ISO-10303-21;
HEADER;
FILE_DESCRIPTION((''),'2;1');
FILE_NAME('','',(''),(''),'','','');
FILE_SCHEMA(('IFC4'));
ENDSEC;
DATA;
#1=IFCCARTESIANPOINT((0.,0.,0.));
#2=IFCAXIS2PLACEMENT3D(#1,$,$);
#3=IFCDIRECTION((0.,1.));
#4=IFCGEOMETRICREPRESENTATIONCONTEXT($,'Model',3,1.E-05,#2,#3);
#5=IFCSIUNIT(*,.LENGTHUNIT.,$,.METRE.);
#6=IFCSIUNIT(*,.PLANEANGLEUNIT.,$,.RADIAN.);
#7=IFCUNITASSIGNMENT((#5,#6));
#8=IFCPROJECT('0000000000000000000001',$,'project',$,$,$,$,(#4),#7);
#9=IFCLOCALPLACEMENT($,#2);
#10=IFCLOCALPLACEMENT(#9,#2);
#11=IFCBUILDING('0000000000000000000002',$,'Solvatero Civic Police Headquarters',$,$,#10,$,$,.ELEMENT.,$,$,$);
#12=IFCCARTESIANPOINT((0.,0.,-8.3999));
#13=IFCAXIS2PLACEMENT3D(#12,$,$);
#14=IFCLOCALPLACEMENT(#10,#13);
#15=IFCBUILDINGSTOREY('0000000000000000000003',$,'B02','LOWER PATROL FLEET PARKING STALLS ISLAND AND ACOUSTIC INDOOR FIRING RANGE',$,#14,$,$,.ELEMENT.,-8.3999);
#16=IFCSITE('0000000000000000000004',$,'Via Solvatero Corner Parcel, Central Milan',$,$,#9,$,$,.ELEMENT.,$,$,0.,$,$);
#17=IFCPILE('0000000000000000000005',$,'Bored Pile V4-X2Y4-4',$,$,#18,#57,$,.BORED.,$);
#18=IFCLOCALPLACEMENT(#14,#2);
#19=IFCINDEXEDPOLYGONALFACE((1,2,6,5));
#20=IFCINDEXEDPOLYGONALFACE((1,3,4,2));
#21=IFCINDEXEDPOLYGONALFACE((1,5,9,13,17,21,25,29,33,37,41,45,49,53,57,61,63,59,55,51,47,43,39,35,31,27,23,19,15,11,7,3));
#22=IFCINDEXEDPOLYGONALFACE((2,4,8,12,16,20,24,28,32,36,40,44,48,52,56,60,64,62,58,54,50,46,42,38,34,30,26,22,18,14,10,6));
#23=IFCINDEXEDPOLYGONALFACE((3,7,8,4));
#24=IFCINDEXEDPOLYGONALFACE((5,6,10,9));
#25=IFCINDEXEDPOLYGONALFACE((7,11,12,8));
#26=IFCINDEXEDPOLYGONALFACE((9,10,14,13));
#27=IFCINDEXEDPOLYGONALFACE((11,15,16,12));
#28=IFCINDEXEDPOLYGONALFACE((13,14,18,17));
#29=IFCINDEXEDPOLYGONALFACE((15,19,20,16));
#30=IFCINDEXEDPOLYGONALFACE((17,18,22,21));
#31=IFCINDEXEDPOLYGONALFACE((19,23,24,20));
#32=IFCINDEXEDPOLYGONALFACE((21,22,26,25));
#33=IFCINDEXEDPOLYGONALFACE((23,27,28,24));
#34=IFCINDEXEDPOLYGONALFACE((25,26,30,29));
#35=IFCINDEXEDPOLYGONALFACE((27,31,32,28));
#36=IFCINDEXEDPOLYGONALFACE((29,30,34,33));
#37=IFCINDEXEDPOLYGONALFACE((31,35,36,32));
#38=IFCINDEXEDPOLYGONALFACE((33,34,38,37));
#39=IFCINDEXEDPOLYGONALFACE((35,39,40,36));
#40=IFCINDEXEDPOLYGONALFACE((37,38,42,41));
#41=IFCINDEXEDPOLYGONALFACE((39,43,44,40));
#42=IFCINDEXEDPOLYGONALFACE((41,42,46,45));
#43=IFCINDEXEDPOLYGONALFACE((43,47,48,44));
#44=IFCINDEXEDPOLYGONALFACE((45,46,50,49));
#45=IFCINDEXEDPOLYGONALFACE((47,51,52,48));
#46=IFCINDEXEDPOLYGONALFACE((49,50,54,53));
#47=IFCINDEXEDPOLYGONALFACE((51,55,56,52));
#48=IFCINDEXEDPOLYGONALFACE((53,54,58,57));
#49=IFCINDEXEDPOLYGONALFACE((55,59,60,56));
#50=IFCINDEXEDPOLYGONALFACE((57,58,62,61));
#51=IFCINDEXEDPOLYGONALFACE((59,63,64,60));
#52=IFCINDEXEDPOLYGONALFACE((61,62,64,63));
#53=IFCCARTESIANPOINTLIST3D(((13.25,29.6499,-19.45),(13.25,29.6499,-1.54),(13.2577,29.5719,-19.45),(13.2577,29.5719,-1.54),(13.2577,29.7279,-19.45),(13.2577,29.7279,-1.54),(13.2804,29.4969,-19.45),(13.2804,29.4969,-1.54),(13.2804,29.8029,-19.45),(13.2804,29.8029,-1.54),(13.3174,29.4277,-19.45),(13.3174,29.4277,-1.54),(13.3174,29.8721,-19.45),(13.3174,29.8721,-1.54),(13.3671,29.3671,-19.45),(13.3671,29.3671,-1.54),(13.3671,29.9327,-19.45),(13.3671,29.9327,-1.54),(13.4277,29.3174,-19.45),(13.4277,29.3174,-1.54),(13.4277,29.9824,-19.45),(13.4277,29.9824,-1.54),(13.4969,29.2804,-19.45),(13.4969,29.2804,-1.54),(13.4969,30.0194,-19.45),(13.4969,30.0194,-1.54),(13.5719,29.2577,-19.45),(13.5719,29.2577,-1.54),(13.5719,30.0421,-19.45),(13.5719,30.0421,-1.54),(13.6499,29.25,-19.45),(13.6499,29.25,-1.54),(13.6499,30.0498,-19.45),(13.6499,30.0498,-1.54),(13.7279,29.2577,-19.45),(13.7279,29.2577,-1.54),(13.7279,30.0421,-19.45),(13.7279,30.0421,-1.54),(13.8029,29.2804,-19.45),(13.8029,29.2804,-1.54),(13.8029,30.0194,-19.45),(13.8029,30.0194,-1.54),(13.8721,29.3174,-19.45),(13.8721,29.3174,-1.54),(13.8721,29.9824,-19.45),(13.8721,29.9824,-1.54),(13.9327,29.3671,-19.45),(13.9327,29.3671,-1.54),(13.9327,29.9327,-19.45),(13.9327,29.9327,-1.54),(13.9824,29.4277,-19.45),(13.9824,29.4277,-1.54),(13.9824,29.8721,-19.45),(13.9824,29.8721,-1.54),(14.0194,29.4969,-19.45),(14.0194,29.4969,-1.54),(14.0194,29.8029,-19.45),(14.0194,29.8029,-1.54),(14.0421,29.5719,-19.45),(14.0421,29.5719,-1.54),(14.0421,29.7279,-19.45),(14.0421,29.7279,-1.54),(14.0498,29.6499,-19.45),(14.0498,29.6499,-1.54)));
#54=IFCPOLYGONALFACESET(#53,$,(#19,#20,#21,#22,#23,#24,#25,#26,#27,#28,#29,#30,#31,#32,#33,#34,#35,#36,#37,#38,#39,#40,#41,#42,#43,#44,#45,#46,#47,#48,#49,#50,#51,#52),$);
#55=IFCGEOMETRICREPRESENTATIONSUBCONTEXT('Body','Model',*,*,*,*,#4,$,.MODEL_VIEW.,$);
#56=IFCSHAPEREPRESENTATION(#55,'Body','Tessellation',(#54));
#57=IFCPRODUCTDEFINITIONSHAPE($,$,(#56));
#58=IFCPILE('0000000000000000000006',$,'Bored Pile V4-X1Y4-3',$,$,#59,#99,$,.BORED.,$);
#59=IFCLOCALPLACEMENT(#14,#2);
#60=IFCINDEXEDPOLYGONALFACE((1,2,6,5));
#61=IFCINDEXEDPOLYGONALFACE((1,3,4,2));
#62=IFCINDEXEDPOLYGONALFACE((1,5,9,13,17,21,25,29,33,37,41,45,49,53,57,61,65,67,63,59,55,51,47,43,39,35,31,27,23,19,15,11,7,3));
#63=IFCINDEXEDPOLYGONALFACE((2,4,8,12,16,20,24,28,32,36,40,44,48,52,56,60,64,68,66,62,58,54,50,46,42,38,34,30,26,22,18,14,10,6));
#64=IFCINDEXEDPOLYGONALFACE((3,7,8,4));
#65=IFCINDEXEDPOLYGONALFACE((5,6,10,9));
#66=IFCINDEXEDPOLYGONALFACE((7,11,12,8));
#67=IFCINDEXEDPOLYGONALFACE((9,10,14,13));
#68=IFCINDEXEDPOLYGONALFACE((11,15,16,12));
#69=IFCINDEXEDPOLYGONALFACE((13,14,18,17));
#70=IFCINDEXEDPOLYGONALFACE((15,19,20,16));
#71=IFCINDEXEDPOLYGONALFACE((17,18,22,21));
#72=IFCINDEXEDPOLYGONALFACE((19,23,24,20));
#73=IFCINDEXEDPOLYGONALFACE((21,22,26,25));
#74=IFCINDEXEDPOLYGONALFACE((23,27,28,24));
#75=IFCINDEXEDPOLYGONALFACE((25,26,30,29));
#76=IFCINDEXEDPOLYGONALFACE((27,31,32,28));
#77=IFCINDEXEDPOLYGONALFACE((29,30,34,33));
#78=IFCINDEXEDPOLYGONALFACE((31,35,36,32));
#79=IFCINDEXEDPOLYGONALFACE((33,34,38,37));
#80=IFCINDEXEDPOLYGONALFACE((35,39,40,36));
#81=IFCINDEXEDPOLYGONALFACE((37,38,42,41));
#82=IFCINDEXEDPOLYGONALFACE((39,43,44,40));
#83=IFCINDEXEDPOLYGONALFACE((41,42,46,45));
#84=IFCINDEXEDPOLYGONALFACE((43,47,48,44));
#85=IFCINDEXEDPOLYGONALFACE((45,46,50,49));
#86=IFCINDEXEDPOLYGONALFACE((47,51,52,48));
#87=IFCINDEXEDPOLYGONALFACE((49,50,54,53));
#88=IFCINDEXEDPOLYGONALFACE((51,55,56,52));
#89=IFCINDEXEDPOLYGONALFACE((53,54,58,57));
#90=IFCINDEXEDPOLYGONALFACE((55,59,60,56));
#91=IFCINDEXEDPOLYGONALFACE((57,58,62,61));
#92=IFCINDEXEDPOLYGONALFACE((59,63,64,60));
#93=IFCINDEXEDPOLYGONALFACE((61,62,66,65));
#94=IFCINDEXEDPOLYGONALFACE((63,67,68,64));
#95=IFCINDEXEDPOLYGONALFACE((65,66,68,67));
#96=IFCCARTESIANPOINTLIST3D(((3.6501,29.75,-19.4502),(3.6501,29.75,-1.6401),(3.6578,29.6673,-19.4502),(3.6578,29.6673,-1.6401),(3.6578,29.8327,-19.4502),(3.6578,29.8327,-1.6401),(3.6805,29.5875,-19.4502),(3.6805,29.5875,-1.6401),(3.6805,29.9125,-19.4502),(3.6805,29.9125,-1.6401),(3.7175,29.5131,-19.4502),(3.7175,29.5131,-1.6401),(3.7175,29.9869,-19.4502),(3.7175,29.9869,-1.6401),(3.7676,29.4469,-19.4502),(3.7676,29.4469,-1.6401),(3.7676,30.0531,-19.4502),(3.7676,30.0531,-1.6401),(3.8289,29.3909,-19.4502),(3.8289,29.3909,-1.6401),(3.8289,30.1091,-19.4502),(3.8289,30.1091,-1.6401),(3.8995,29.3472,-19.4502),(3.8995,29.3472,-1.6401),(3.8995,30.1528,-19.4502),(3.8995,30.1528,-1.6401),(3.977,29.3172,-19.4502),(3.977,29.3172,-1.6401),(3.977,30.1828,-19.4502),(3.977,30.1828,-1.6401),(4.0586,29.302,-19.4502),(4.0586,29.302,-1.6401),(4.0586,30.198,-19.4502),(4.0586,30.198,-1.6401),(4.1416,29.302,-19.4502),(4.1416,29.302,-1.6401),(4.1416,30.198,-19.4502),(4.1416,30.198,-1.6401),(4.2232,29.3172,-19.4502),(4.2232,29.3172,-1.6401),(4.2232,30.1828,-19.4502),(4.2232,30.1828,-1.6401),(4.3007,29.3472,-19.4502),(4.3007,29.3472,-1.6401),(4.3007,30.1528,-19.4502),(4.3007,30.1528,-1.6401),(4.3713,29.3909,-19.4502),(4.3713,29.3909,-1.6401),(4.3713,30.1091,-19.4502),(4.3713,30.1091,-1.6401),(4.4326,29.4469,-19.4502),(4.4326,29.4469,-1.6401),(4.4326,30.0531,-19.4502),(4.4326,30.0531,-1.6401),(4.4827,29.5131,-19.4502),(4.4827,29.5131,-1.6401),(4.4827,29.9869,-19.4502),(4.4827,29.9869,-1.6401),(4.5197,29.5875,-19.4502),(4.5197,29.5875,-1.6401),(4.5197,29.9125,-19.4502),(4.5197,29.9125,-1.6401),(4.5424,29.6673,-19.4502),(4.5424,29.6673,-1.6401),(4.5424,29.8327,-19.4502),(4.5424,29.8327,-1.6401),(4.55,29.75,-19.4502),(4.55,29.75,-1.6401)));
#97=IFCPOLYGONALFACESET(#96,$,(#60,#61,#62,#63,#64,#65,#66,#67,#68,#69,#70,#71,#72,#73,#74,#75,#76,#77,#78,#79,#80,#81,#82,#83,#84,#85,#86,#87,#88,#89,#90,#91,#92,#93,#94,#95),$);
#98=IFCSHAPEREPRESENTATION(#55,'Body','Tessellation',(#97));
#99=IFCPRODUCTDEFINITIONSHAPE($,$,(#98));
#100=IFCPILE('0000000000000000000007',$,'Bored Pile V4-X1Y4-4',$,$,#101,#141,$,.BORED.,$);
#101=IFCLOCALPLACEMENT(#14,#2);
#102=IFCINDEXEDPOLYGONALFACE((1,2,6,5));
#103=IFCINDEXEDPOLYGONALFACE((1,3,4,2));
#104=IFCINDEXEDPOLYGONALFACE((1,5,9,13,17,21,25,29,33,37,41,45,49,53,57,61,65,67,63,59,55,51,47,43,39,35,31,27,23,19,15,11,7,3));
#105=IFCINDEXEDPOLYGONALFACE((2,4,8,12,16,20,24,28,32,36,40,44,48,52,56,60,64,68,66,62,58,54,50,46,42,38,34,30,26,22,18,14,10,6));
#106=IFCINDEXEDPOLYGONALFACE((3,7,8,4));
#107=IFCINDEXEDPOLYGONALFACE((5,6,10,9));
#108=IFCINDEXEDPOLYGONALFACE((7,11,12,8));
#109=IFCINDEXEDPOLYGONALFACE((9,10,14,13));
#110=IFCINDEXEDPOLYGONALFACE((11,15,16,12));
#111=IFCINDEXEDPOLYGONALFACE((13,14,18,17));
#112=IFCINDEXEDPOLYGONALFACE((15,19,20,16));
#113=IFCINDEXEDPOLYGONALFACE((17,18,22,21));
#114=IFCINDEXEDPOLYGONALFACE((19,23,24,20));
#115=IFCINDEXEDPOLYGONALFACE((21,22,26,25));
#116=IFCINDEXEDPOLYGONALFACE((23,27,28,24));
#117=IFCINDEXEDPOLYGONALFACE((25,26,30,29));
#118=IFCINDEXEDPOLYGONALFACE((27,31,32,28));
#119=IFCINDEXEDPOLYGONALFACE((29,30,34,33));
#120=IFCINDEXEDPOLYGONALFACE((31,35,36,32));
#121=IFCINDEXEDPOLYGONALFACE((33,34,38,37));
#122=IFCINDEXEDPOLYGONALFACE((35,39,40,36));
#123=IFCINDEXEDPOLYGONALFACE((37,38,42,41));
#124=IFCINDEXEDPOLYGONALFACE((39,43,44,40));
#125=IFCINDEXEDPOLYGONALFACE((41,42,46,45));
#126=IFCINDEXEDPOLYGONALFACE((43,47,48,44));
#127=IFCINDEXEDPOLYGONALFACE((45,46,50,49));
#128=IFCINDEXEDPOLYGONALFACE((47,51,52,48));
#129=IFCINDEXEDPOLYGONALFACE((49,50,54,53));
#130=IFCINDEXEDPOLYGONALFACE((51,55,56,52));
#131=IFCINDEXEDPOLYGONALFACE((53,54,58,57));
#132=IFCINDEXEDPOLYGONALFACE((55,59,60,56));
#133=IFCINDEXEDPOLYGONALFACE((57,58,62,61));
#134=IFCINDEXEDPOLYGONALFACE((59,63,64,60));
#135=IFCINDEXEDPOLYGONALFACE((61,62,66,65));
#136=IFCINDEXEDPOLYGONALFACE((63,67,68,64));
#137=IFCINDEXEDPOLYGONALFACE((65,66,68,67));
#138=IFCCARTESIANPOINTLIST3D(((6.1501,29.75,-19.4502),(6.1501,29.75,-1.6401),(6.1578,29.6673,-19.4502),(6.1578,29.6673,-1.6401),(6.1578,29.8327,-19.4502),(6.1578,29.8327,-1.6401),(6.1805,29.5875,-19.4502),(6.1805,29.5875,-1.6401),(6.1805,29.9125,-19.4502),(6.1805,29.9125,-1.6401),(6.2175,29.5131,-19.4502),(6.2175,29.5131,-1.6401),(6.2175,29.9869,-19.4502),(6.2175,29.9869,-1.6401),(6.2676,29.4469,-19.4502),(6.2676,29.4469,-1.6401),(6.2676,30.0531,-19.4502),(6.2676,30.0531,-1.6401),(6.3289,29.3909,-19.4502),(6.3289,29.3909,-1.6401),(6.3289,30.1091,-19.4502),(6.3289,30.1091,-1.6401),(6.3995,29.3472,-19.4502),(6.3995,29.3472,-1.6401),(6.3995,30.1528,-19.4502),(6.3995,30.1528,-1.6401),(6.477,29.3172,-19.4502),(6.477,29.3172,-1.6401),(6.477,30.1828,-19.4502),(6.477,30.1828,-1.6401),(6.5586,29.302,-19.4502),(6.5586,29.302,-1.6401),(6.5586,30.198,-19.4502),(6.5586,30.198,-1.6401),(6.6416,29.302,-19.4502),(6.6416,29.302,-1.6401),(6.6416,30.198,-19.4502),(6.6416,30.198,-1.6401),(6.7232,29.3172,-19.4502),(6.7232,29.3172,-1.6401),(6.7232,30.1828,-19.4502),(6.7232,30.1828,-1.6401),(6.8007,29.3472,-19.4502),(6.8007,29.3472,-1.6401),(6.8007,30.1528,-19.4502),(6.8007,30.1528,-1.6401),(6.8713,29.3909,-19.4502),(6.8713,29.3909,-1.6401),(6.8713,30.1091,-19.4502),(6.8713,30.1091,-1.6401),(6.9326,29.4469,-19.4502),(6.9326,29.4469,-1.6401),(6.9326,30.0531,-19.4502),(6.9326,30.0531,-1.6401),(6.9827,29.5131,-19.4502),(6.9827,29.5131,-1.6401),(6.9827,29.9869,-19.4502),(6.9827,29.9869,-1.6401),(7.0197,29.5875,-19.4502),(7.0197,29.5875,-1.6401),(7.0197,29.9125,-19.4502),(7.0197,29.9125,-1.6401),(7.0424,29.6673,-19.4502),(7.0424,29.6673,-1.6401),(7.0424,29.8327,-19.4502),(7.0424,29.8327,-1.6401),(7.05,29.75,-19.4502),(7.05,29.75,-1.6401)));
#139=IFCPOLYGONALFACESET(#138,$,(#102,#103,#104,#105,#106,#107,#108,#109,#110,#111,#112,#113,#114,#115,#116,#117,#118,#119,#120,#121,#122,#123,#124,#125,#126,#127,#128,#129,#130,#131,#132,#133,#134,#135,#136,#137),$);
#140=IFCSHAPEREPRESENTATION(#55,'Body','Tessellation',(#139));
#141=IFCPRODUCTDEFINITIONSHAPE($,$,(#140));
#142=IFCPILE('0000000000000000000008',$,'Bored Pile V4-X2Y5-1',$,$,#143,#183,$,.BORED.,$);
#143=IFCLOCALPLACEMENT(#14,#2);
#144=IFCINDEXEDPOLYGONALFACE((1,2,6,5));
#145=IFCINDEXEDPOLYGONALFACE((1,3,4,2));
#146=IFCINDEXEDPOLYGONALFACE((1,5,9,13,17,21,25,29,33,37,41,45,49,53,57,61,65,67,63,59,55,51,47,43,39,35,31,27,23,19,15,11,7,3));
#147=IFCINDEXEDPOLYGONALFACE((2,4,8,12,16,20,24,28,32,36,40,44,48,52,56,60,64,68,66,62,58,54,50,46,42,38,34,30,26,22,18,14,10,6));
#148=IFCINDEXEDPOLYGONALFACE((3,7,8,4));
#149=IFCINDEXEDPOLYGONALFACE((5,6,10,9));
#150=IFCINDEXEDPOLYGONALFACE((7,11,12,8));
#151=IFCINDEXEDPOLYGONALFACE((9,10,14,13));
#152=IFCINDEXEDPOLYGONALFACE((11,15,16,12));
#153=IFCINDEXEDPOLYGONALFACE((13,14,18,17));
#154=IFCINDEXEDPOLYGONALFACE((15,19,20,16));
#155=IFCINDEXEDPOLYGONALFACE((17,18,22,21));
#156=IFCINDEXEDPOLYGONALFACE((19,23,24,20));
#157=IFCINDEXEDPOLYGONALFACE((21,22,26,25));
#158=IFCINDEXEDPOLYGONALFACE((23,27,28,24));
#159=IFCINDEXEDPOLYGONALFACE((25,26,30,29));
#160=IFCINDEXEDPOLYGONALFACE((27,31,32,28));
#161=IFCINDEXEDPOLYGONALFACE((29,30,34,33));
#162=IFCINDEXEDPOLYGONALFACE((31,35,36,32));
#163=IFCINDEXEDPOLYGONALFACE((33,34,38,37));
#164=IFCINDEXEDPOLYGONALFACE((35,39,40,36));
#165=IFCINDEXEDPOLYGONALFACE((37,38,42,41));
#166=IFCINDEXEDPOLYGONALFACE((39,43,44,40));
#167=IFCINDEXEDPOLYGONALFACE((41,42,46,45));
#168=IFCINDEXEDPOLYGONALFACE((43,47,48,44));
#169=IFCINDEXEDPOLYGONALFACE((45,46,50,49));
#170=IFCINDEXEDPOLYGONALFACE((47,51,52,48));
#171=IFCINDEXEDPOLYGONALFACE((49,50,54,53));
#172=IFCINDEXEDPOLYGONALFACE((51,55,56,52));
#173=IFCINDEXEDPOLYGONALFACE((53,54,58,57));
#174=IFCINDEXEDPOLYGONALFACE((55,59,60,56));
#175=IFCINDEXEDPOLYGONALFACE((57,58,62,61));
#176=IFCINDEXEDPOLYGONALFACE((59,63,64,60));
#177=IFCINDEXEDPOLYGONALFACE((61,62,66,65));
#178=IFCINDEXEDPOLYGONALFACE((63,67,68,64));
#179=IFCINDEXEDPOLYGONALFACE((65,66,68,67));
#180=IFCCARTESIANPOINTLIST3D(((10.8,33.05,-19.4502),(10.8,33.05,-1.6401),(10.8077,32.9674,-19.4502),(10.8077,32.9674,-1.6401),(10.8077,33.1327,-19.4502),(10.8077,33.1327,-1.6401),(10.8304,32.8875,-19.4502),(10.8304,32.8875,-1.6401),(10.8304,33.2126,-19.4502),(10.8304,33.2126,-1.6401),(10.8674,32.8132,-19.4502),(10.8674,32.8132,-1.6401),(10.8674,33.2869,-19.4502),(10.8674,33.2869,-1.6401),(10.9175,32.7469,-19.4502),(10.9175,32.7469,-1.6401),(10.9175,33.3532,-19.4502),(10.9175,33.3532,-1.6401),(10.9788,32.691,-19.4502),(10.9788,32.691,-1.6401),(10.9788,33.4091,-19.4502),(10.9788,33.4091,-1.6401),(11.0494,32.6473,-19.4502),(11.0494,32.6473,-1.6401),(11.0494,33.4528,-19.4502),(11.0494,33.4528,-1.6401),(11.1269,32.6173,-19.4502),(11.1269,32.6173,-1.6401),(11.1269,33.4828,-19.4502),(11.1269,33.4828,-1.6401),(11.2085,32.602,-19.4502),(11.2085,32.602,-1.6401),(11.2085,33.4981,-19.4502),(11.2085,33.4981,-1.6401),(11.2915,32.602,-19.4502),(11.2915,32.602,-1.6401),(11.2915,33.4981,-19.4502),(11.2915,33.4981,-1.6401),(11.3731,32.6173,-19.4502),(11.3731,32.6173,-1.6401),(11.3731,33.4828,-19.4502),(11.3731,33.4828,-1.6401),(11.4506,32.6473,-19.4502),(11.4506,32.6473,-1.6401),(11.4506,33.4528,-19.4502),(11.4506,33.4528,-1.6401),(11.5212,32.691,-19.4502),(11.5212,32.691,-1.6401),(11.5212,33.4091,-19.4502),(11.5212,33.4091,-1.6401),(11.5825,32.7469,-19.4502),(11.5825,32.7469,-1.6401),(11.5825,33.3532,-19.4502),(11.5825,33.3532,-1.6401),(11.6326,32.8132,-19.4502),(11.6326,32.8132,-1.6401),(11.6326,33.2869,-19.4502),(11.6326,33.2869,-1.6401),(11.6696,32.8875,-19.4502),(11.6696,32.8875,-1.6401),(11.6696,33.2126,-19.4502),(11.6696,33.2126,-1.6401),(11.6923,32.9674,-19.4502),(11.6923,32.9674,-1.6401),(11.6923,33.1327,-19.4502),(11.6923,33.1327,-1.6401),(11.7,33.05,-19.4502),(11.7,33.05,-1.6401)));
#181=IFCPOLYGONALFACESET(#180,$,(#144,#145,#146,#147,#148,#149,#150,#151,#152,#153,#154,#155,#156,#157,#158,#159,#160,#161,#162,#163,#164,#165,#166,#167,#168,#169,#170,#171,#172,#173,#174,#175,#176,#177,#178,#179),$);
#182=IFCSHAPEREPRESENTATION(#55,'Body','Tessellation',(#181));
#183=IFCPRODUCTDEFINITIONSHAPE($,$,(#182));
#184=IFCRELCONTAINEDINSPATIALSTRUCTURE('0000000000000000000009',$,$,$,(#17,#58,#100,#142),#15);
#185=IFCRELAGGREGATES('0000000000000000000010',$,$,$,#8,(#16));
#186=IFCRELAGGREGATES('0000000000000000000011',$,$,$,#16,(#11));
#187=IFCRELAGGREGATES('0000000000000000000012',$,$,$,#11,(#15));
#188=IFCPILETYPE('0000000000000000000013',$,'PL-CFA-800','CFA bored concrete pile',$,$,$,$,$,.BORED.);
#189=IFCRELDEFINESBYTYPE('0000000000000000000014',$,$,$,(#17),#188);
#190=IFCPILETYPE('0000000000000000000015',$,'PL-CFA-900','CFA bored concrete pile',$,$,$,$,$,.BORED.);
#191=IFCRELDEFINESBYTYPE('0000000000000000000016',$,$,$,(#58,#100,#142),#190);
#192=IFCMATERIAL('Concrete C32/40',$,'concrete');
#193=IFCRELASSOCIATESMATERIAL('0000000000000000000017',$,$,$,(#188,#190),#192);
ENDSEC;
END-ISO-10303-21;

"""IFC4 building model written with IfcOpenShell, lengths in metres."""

from ifc_helpers import new_model, si_unit, direction, frame, origin, origin_2d, place, context, subcontext, project, spatial, circle, extrude, material, material_profile, profile_set, type_object, element, save


model = new_model("IFC4")

# Units and contexts
model_context = context("Model", 3, precision=1e-05, world=origin(), true_north=direction((0.0, 1.0)))
body_context = subcontext(model_context, "Body", "Model", "MODEL_VIEW")
ifc_project = project(units=[si_unit("LENGTHUNIT", "METRE"), si_unit("PLANEANGLEUNIT", "RADIAN")], contexts=[model_context])

# Site, building, storey
site_placement = place(None, origin())
site = spatial("IfcSite", under=ifc_project, at=site_placement, Name="Via Solvatero Corner Parcel, Central Milan", CompositionType="ELEMENT", RefElevation=0.0)
building_placement = place(site_placement, origin())
building = spatial("IfcBuilding", under=site, at=building_placement, Name="Solvatero Civic Police Headquarters", CompositionType="ELEMENT")
storey_placement = place(building_placement, frame((0.0, 0.0, -8.3999)))
storey = spatial("IfcBuildingStorey", under=building, at=storey_placement, Name="B02", Description="LOWER PATROL FLEET PARKING STALLS ISLAND AND ACOUSTIC INDOOR FIRING RANGE", CompositionType="ELEMENT", Elevation=-8.3999)

# Piles
ifc_material_1 = material(Name="Concrete C32/40", Category="concrete")
ifc_material_profile_1 = material_profile(ifc_material_1, circle(Radius=0.3999, at=origin_2d()), Name="CFA PILE D800")
ifc_profile_set_1 = profile_set([ifc_material_profile_1], Name="Concrete C32/40")
pile_type_1 = type_object("IfcPileType", Name="PL-CFA-800", Description="CFA bored concrete pile", PredefinedType="BORED", material=ifc_profile_set_1)
for number, where, z_axis, x_axis, name in (
    (1, (13.6499, 29.6499, -1.54), (0.0, 0.0, -1.0), (1.0, 0.0, 0.0), "Bored Pile V4-X2Y4-4"),
):
    element("IfcPile", number, at=place(storey_placement, frame(where, z_axis=z_axis, x_axis=x_axis)), inside=storey, type_object=pile_type_1, Name=name, PredefinedType="BORED", context=body_context, shape_type="SweptSolid", body=[
        extrude(circle(Radius=0.3999, at=origin_2d()), origin(), (0.0, 0.0, 1.0), 17.9099),
    ])
ifc_material_profile_2 = material_profile(ifc_material_1, circle(Radius=0.45, at=origin_2d()), Name="CFA PILE D900")
ifc_profile_set_2 = profile_set([ifc_material_profile_2], Name="Concrete C32/40")
pile_type_2 = type_object("IfcPileType", Name="PL-CFA-900", Description="CFA bored concrete pile", PredefinedType="BORED", material=ifc_profile_set_2)
for number, where, z_axis, x_axis, name in (
    (2, (4.1001, 29.75, -1.6401), (0.0, 0.0, -1.0), (1.0, 0.0, 0.0), "Bored Pile V4-X1Y4-3"),
    (3, (6.6001, 29.75, -1.6401), (0.0, 0.0, -1.0), (1.0, 0.0, 0.0), "Bored Pile V4-X1Y4-4"),
    (4, (11.25, 33.05, -1.6401), (0.0, 0.0, -1.0), (1.0, 0.0, 0.0), "Bored Pile V4-X2Y5-1"),
):
    element("IfcPile", number, at=place(storey_placement, frame(where, z_axis=z_axis, x_axis=x_axis)), inside=storey, type_object=pile_type_2, Name=name, PredefinedType="BORED", context=body_context, shape_type="SweptSolid", body=[
        extrude(circle(Radius=0.45, at=origin_2d()), origin(), (0.0, 0.0, 1.0), 17.8101),
    ])

save(model, "model.ifc")
